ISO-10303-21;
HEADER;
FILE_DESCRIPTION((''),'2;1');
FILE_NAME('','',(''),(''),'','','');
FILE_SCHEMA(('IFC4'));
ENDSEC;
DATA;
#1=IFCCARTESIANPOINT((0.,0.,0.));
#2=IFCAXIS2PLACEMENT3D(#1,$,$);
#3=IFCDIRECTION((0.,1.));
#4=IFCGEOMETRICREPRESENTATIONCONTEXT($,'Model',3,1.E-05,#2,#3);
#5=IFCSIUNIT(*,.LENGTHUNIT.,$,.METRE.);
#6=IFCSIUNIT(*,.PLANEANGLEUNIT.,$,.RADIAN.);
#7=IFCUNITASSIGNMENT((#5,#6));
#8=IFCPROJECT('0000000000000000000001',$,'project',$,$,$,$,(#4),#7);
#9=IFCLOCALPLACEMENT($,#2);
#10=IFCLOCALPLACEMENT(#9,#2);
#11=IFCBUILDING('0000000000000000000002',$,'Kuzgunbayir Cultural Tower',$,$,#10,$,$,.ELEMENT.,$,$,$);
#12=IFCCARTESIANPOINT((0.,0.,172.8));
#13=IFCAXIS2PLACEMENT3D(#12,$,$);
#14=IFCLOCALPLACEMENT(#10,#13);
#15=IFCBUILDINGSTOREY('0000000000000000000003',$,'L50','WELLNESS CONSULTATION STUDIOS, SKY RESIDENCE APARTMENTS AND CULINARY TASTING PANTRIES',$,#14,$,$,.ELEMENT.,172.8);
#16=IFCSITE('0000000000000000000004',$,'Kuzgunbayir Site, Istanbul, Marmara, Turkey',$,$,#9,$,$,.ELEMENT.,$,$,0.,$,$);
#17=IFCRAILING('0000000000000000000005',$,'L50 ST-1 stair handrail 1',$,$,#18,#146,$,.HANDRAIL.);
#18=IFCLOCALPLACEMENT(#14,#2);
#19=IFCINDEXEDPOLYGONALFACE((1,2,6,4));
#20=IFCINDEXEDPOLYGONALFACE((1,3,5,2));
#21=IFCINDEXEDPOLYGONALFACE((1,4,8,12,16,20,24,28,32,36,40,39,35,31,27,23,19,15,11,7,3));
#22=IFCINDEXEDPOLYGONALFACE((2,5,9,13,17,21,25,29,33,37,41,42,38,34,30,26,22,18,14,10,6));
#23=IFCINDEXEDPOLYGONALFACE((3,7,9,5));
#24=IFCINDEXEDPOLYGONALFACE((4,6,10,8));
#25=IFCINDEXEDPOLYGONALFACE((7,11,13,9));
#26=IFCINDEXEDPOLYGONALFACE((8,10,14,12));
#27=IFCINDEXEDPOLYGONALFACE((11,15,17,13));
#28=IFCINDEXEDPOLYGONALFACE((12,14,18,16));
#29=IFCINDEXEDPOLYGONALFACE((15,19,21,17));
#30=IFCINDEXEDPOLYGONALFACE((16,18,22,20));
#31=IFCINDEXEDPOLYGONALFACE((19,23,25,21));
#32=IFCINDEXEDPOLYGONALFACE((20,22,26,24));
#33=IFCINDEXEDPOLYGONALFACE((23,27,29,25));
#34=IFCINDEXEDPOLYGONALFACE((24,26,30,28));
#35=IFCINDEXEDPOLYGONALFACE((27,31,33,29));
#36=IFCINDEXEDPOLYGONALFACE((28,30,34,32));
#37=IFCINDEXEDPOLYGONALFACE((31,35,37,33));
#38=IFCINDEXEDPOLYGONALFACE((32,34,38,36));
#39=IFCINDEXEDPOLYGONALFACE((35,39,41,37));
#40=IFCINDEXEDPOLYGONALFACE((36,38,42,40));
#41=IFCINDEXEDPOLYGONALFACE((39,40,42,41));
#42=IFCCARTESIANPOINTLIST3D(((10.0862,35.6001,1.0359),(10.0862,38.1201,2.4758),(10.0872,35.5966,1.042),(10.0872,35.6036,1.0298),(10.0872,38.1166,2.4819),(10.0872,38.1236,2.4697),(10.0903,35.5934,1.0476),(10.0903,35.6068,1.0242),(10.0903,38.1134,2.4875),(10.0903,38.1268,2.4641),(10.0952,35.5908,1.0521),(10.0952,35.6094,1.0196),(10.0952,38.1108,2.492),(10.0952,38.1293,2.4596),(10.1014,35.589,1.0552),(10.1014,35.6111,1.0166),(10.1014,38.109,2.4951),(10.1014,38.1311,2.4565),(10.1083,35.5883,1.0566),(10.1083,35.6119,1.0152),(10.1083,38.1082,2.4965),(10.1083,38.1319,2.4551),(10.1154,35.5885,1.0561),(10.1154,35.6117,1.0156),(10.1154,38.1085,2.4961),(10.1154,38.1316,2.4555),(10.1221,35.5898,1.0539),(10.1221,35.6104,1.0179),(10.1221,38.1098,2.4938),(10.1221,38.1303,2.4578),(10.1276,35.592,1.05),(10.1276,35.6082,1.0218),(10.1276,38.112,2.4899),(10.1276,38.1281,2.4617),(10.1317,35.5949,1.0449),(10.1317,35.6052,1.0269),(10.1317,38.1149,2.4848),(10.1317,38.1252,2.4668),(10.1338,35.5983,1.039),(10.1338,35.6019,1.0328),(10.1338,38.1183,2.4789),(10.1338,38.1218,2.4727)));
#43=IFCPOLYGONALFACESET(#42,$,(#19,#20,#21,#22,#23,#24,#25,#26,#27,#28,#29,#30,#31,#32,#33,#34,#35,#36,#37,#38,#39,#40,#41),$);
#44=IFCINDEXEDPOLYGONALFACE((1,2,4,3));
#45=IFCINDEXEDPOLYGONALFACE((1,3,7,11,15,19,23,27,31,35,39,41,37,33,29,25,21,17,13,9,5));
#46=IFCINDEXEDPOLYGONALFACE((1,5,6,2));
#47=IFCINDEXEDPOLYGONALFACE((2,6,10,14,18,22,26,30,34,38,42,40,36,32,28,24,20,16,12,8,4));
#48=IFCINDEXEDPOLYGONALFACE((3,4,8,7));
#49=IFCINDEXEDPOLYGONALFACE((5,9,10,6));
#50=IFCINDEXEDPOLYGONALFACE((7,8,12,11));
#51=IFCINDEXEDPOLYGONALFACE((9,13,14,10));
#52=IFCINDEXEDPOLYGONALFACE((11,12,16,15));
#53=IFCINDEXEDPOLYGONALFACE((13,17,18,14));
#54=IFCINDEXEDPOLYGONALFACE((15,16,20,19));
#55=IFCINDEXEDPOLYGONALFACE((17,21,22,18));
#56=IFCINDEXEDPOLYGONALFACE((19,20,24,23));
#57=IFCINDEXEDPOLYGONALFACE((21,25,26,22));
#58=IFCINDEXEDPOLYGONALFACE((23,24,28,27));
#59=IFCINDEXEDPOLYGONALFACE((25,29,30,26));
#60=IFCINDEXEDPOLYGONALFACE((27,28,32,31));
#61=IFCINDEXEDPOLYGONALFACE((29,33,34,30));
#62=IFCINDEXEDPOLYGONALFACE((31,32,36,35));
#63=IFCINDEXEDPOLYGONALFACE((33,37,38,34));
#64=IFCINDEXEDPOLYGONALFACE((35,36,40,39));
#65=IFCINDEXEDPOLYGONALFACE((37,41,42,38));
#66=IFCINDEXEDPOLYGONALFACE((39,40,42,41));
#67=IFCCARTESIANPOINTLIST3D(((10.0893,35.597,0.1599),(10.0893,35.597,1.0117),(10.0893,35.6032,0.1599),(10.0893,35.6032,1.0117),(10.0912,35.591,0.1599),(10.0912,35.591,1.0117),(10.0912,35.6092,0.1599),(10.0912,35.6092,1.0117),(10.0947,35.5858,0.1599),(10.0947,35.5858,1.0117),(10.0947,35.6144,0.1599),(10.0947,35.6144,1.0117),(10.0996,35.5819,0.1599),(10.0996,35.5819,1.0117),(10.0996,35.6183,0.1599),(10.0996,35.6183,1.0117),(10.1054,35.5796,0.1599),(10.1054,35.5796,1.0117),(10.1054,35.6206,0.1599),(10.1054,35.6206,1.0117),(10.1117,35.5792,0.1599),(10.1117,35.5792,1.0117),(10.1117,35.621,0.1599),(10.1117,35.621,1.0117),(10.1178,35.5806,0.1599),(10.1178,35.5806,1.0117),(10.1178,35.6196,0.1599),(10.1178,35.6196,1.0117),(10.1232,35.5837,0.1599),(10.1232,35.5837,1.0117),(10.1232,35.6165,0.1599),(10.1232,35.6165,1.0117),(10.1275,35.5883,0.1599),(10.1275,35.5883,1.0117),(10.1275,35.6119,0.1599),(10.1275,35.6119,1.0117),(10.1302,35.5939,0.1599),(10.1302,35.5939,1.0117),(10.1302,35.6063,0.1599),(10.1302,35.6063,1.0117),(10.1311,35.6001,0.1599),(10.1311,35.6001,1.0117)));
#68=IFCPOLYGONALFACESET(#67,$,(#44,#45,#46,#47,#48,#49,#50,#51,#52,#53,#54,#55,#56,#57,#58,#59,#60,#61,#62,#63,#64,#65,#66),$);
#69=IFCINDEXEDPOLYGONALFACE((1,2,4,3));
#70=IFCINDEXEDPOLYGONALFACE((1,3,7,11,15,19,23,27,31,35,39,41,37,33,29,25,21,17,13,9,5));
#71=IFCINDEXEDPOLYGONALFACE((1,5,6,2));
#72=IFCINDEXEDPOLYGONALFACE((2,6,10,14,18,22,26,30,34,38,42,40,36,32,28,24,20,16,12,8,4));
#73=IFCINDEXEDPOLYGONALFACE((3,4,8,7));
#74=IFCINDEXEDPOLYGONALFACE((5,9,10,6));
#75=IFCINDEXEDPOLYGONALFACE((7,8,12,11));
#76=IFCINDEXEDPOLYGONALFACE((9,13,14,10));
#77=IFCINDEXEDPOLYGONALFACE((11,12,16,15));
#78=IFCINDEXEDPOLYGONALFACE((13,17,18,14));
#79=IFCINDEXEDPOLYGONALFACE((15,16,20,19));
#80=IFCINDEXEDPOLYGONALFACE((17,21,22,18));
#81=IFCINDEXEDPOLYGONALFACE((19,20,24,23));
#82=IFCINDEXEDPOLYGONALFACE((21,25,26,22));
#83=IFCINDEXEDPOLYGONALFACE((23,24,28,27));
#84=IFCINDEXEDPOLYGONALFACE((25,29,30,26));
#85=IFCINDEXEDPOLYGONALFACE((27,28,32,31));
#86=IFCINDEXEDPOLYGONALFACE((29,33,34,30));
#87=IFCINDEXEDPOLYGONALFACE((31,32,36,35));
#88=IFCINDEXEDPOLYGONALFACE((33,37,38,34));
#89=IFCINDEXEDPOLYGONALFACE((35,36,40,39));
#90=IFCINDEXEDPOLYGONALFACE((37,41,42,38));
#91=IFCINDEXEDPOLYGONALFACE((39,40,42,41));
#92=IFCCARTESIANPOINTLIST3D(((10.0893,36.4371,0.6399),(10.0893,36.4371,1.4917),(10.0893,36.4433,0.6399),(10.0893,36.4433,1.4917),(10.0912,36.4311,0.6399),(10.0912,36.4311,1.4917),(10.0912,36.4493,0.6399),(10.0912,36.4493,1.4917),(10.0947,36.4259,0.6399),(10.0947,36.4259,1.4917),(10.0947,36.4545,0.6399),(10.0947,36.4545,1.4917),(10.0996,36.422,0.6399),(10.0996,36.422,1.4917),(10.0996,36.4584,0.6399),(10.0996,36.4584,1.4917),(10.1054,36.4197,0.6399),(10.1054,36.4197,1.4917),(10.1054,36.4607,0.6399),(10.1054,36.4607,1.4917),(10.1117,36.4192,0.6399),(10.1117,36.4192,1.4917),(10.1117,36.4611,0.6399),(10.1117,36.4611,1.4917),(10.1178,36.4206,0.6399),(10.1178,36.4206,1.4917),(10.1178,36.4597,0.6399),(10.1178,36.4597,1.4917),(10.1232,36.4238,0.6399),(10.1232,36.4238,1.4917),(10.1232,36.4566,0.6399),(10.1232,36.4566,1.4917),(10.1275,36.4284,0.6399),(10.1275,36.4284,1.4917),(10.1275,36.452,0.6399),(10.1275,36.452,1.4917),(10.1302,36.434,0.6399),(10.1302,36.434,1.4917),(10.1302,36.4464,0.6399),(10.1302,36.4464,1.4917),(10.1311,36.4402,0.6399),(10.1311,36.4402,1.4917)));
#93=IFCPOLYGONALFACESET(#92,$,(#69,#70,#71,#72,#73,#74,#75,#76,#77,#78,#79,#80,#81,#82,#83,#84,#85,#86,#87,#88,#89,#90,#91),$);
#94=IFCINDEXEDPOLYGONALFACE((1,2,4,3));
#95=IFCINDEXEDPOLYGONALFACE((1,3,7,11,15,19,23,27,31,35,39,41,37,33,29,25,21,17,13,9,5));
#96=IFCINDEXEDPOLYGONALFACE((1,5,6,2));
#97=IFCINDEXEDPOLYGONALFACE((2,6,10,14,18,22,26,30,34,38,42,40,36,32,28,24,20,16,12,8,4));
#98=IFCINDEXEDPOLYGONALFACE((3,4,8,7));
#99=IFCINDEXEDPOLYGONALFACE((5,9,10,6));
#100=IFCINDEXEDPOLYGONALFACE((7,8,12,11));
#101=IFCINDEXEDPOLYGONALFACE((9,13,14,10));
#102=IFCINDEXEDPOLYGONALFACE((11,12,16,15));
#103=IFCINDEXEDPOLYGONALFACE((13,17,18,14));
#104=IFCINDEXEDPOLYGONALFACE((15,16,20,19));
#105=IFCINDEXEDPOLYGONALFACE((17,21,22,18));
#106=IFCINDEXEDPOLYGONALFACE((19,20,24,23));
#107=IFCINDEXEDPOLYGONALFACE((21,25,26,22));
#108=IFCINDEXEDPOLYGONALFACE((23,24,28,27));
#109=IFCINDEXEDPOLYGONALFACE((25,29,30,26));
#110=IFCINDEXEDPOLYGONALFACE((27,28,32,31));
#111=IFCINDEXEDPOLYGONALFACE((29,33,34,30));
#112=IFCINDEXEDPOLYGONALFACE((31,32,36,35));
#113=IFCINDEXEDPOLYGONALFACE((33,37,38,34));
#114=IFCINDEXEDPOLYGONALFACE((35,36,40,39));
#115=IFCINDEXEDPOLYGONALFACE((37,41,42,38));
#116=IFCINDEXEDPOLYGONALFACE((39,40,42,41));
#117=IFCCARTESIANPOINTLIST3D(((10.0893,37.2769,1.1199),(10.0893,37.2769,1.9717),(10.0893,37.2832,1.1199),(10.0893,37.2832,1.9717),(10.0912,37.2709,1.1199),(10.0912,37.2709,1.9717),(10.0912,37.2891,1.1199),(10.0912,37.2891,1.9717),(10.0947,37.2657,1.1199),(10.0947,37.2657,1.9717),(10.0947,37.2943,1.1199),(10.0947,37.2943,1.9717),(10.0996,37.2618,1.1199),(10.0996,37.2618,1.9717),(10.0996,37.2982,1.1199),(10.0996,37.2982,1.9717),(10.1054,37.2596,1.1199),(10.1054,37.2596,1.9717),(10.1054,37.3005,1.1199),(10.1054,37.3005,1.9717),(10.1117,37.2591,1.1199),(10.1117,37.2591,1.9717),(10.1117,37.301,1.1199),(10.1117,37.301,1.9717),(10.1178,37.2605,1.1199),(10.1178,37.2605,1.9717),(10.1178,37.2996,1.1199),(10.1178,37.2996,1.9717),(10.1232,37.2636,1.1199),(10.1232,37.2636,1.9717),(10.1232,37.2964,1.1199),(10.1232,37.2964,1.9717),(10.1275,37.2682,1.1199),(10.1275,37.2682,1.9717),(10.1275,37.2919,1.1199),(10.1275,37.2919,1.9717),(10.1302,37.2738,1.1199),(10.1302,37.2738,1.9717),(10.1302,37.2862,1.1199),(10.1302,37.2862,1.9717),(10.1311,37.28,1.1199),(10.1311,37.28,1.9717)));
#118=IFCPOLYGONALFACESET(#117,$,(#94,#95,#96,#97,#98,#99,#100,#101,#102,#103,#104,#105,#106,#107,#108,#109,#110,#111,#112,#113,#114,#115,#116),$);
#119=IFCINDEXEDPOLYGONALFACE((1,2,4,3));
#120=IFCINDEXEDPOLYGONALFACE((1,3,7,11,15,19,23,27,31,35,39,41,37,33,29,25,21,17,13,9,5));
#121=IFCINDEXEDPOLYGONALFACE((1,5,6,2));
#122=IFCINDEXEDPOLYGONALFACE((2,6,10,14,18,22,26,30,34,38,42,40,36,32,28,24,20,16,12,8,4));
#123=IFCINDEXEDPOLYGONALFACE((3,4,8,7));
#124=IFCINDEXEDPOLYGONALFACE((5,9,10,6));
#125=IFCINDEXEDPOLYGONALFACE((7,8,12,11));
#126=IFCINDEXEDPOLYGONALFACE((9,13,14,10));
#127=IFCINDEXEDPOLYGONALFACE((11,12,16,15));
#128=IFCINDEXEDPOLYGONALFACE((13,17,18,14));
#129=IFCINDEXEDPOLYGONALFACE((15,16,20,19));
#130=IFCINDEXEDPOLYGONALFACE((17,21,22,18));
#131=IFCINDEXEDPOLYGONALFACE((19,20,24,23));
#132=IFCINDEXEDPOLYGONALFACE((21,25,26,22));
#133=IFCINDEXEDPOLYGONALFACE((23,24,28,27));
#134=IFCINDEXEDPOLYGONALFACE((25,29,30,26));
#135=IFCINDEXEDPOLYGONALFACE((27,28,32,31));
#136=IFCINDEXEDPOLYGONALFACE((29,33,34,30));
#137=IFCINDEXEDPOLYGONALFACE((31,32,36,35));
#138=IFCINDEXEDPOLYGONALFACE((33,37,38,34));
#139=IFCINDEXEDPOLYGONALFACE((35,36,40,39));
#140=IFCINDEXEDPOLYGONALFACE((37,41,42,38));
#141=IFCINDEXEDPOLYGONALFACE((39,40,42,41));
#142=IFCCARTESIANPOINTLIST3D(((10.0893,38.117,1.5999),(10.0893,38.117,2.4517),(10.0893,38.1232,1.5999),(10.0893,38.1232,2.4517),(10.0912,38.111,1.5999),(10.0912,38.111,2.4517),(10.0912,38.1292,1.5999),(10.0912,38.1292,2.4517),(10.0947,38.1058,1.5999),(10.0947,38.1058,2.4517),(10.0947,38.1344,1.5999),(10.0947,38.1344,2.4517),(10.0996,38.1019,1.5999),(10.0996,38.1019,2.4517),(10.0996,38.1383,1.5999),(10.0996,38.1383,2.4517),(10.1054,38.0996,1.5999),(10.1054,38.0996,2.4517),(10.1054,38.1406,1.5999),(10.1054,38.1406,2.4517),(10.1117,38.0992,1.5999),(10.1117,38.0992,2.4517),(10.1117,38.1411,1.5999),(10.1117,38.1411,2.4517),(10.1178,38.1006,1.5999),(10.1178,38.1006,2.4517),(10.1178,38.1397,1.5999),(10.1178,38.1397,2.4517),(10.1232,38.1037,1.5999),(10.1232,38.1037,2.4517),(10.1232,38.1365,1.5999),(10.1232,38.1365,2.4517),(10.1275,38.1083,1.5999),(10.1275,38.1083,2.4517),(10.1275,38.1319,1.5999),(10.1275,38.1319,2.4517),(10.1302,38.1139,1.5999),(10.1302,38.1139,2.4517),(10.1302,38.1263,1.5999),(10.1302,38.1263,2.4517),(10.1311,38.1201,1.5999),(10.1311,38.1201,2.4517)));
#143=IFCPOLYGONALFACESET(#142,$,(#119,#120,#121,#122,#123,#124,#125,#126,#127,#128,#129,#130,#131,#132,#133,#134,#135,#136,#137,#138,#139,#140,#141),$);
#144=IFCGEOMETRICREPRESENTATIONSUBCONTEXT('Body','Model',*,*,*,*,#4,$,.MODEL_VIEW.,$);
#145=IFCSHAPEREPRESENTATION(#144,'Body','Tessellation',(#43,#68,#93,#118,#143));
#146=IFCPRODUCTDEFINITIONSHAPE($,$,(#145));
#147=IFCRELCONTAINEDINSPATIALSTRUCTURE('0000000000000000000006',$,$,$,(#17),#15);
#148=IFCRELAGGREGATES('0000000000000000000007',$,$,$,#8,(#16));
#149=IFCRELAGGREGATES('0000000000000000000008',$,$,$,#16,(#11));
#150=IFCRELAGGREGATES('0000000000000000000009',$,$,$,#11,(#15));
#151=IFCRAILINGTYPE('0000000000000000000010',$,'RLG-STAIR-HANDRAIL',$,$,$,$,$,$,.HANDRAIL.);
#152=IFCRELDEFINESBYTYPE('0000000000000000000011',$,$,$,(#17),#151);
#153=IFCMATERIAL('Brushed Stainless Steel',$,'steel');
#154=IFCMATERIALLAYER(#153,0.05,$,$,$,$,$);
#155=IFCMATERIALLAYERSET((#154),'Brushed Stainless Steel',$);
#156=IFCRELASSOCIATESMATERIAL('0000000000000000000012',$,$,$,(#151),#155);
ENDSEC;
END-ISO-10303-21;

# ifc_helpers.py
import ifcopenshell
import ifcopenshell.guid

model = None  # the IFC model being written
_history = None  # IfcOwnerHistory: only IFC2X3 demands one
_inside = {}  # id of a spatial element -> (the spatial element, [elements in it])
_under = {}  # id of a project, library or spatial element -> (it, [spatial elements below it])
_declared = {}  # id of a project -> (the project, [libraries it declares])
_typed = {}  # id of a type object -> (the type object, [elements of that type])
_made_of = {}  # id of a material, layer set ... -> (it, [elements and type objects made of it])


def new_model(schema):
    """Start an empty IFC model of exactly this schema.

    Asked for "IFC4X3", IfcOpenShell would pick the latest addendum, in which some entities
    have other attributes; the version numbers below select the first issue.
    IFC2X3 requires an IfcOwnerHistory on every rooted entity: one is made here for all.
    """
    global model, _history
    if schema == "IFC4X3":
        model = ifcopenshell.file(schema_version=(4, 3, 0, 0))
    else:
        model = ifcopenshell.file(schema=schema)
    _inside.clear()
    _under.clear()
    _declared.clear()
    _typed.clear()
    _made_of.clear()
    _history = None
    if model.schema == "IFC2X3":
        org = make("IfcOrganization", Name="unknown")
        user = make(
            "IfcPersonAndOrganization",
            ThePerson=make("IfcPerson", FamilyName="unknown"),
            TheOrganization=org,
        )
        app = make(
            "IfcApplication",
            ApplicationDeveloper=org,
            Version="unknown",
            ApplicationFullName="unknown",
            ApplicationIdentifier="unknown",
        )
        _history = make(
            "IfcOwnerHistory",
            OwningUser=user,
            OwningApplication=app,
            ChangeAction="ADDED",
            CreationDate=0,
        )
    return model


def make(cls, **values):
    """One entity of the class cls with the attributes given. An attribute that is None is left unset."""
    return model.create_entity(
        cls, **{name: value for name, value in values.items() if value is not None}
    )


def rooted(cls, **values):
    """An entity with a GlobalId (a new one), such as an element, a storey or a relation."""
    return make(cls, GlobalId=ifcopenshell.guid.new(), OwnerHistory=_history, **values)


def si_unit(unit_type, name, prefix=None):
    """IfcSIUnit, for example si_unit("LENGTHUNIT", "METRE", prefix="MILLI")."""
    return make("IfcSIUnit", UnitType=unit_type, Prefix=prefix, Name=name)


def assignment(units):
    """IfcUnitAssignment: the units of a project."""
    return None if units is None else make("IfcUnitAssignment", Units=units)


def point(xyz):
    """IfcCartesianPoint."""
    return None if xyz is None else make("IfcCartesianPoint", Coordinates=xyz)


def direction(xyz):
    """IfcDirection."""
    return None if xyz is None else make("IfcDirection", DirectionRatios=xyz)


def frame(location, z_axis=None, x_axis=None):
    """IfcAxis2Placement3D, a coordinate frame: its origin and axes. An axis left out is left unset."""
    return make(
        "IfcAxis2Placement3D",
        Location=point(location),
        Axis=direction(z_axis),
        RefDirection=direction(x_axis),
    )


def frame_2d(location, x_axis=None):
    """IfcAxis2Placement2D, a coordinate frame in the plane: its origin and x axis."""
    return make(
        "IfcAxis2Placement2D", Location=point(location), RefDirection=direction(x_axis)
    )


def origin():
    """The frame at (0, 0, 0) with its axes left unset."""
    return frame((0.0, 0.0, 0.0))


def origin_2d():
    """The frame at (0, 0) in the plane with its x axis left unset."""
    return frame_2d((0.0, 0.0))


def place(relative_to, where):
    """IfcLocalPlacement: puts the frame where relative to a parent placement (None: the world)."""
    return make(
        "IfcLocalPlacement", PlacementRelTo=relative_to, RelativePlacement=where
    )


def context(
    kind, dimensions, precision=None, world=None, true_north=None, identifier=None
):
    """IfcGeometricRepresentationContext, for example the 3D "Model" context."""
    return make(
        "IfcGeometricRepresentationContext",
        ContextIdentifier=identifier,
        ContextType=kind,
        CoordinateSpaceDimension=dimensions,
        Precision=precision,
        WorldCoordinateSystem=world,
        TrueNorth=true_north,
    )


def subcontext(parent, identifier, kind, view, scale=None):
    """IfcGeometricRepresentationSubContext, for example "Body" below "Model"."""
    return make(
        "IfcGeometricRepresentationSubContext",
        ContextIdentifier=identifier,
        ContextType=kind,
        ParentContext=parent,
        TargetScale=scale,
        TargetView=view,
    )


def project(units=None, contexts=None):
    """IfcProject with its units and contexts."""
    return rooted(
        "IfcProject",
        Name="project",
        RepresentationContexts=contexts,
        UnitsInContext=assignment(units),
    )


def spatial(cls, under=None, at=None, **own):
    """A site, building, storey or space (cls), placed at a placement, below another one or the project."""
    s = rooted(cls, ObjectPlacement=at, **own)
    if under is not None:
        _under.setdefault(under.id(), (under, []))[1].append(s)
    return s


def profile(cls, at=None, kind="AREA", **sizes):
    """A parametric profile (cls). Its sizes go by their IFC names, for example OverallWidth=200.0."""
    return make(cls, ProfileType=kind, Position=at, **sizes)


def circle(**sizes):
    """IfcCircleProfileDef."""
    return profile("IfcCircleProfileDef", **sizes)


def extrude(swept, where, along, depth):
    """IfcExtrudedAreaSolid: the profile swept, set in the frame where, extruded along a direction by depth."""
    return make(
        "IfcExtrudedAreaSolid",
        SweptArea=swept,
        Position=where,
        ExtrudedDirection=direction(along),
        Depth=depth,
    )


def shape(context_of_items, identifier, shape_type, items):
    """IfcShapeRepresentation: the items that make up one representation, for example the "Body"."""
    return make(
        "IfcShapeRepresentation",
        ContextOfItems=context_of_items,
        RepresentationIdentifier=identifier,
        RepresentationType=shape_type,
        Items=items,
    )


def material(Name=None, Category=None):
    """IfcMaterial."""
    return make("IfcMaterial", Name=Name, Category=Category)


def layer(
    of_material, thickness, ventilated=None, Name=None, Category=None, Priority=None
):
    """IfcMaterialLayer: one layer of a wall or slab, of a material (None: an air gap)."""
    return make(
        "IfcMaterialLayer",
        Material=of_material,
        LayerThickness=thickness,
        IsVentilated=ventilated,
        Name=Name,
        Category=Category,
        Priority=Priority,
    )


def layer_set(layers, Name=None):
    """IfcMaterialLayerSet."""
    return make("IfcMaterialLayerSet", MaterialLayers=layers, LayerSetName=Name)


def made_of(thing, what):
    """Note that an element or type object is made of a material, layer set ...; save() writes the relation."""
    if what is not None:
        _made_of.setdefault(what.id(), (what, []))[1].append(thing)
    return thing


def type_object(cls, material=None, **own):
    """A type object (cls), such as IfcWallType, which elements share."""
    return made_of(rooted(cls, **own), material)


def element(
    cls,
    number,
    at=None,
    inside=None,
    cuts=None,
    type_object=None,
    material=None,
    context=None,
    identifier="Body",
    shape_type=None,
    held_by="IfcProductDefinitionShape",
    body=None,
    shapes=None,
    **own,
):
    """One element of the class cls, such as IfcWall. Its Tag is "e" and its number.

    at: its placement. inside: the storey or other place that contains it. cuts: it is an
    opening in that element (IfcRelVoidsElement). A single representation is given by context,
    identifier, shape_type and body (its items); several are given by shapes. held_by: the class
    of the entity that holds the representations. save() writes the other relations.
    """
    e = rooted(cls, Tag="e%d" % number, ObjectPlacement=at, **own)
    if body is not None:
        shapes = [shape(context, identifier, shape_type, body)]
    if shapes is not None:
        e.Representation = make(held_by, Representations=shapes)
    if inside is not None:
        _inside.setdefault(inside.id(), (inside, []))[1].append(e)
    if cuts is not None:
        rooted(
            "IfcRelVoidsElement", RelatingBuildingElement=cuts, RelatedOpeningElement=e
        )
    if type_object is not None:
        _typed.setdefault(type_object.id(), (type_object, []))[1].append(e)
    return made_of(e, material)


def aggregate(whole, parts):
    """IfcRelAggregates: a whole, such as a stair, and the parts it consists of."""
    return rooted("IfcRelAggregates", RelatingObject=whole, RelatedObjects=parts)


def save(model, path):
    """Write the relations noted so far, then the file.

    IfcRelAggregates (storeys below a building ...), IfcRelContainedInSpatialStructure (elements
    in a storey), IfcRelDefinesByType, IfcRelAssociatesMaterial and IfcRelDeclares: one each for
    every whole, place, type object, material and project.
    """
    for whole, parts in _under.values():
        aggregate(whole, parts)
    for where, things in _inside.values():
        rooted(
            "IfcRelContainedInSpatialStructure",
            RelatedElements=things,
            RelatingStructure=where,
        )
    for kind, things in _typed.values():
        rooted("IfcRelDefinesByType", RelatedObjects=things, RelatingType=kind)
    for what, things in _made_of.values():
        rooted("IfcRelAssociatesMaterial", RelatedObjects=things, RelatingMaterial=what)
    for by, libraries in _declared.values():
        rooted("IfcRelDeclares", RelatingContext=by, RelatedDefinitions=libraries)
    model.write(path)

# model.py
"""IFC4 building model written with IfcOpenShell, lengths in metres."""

from ifc_helpers import new_model, si_unit, direction, frame, origin, origin_2d, place, context, subcontext, project, spatial, circle, extrude, material, layer, layer_set, type_object, element, save


model = new_model("IFC4")

# Units and contexts
model_context = context("Model", 3, precision=1e-05, world=origin(), true_north=direction((0.0, 1.0)))
body_context = subcontext(model_context, "Body", "Model", "MODEL_VIEW")
ifc_project = project(units=[si_unit("LENGTHUNIT", "METRE"), si_unit("PLANEANGLEUNIT", "RADIAN")], contexts=[model_context])

# Site, building, storey
site_placement = place(None, origin())
site = spatial("IfcSite", under=ifc_project, at=site_placement, Name="Kuzgunbayir Site, Istanbul, Marmara, Turkey", CompositionType="ELEMENT", RefElevation=0.0)
building_placement = place(site_placement, origin())
building = spatial("IfcBuilding", under=site, at=building_placement, Name="Kuzgunbayir Cultural Tower", CompositionType="ELEMENT")
storey_placement = place(building_placement, frame((0.0, 0.0, 172.8)))
storey = spatial("IfcBuildingStorey", under=building, at=storey_placement, Name="L50", Description="WELLNESS CONSULTATION STUDIOS, SKY RESIDENCE APARTMENTS AND CULINARY TASTING PANTRIES", CompositionType="ELEMENT", Elevation=172.8)

# Shared definitions
ifc_material_1 = material(Name="Brushed Stainless Steel", Category="steel")

# Railing
ifc_layer_1 = layer(ifc_material_1, 0.05)
ifc_layer_set_1 = layer_set([ifc_layer_1], Name="Brushed Stainless Steel")
railing_type_1 = type_object("IfcRailingType", Name="RLG-STAIR-HANDRAIL", PredefinedType="HANDRAIL", material=ifc_layer_set_1)
railing_1_placement = place(storey_placement, frame((10.1101, 35.6001, 0.1599)))
element("IfcRailing", 1, at=railing_1_placement, inside=storey, type_object=railing_type_1, Name="L50 ST-1 stair handrail 1", PredefinedType="HANDRAIL", context=body_context, shape_type="SweptSolid", body=[
    extrude(circle(Radius=0.0239, at=origin_2d()), frame((0.0, 0.0, 0.876), z_axis=(0.0, 0.868253, 0.496121), x_axis=(-1.0, 0.0, 0.0)), (0.0, 0.0, 1.0), 2.9023),
    extrude(circle(Radius=0.021, at=origin_2d()), origin(), (0.0, 0.0, 1.0), 0.8518),
    extrude(circle(Radius=0.021, at=origin_2d()), frame((0.0, 0.8401, 0.48)), (0.0, 0.0, 1.0), 0.8518),
    extrude(circle(Radius=0.021, at=origin_2d()), frame((0.0, 1.6799, 0.96)), (0.0, 0.0, 1.0), 0.8518),
    extrude(circle(Radius=0.021, at=origin_2d()), frame((0.0, 2.52, 1.4399)), (0.0, 0.0, 1.0), 0.8518),
])

save(model, "model.ifc")
